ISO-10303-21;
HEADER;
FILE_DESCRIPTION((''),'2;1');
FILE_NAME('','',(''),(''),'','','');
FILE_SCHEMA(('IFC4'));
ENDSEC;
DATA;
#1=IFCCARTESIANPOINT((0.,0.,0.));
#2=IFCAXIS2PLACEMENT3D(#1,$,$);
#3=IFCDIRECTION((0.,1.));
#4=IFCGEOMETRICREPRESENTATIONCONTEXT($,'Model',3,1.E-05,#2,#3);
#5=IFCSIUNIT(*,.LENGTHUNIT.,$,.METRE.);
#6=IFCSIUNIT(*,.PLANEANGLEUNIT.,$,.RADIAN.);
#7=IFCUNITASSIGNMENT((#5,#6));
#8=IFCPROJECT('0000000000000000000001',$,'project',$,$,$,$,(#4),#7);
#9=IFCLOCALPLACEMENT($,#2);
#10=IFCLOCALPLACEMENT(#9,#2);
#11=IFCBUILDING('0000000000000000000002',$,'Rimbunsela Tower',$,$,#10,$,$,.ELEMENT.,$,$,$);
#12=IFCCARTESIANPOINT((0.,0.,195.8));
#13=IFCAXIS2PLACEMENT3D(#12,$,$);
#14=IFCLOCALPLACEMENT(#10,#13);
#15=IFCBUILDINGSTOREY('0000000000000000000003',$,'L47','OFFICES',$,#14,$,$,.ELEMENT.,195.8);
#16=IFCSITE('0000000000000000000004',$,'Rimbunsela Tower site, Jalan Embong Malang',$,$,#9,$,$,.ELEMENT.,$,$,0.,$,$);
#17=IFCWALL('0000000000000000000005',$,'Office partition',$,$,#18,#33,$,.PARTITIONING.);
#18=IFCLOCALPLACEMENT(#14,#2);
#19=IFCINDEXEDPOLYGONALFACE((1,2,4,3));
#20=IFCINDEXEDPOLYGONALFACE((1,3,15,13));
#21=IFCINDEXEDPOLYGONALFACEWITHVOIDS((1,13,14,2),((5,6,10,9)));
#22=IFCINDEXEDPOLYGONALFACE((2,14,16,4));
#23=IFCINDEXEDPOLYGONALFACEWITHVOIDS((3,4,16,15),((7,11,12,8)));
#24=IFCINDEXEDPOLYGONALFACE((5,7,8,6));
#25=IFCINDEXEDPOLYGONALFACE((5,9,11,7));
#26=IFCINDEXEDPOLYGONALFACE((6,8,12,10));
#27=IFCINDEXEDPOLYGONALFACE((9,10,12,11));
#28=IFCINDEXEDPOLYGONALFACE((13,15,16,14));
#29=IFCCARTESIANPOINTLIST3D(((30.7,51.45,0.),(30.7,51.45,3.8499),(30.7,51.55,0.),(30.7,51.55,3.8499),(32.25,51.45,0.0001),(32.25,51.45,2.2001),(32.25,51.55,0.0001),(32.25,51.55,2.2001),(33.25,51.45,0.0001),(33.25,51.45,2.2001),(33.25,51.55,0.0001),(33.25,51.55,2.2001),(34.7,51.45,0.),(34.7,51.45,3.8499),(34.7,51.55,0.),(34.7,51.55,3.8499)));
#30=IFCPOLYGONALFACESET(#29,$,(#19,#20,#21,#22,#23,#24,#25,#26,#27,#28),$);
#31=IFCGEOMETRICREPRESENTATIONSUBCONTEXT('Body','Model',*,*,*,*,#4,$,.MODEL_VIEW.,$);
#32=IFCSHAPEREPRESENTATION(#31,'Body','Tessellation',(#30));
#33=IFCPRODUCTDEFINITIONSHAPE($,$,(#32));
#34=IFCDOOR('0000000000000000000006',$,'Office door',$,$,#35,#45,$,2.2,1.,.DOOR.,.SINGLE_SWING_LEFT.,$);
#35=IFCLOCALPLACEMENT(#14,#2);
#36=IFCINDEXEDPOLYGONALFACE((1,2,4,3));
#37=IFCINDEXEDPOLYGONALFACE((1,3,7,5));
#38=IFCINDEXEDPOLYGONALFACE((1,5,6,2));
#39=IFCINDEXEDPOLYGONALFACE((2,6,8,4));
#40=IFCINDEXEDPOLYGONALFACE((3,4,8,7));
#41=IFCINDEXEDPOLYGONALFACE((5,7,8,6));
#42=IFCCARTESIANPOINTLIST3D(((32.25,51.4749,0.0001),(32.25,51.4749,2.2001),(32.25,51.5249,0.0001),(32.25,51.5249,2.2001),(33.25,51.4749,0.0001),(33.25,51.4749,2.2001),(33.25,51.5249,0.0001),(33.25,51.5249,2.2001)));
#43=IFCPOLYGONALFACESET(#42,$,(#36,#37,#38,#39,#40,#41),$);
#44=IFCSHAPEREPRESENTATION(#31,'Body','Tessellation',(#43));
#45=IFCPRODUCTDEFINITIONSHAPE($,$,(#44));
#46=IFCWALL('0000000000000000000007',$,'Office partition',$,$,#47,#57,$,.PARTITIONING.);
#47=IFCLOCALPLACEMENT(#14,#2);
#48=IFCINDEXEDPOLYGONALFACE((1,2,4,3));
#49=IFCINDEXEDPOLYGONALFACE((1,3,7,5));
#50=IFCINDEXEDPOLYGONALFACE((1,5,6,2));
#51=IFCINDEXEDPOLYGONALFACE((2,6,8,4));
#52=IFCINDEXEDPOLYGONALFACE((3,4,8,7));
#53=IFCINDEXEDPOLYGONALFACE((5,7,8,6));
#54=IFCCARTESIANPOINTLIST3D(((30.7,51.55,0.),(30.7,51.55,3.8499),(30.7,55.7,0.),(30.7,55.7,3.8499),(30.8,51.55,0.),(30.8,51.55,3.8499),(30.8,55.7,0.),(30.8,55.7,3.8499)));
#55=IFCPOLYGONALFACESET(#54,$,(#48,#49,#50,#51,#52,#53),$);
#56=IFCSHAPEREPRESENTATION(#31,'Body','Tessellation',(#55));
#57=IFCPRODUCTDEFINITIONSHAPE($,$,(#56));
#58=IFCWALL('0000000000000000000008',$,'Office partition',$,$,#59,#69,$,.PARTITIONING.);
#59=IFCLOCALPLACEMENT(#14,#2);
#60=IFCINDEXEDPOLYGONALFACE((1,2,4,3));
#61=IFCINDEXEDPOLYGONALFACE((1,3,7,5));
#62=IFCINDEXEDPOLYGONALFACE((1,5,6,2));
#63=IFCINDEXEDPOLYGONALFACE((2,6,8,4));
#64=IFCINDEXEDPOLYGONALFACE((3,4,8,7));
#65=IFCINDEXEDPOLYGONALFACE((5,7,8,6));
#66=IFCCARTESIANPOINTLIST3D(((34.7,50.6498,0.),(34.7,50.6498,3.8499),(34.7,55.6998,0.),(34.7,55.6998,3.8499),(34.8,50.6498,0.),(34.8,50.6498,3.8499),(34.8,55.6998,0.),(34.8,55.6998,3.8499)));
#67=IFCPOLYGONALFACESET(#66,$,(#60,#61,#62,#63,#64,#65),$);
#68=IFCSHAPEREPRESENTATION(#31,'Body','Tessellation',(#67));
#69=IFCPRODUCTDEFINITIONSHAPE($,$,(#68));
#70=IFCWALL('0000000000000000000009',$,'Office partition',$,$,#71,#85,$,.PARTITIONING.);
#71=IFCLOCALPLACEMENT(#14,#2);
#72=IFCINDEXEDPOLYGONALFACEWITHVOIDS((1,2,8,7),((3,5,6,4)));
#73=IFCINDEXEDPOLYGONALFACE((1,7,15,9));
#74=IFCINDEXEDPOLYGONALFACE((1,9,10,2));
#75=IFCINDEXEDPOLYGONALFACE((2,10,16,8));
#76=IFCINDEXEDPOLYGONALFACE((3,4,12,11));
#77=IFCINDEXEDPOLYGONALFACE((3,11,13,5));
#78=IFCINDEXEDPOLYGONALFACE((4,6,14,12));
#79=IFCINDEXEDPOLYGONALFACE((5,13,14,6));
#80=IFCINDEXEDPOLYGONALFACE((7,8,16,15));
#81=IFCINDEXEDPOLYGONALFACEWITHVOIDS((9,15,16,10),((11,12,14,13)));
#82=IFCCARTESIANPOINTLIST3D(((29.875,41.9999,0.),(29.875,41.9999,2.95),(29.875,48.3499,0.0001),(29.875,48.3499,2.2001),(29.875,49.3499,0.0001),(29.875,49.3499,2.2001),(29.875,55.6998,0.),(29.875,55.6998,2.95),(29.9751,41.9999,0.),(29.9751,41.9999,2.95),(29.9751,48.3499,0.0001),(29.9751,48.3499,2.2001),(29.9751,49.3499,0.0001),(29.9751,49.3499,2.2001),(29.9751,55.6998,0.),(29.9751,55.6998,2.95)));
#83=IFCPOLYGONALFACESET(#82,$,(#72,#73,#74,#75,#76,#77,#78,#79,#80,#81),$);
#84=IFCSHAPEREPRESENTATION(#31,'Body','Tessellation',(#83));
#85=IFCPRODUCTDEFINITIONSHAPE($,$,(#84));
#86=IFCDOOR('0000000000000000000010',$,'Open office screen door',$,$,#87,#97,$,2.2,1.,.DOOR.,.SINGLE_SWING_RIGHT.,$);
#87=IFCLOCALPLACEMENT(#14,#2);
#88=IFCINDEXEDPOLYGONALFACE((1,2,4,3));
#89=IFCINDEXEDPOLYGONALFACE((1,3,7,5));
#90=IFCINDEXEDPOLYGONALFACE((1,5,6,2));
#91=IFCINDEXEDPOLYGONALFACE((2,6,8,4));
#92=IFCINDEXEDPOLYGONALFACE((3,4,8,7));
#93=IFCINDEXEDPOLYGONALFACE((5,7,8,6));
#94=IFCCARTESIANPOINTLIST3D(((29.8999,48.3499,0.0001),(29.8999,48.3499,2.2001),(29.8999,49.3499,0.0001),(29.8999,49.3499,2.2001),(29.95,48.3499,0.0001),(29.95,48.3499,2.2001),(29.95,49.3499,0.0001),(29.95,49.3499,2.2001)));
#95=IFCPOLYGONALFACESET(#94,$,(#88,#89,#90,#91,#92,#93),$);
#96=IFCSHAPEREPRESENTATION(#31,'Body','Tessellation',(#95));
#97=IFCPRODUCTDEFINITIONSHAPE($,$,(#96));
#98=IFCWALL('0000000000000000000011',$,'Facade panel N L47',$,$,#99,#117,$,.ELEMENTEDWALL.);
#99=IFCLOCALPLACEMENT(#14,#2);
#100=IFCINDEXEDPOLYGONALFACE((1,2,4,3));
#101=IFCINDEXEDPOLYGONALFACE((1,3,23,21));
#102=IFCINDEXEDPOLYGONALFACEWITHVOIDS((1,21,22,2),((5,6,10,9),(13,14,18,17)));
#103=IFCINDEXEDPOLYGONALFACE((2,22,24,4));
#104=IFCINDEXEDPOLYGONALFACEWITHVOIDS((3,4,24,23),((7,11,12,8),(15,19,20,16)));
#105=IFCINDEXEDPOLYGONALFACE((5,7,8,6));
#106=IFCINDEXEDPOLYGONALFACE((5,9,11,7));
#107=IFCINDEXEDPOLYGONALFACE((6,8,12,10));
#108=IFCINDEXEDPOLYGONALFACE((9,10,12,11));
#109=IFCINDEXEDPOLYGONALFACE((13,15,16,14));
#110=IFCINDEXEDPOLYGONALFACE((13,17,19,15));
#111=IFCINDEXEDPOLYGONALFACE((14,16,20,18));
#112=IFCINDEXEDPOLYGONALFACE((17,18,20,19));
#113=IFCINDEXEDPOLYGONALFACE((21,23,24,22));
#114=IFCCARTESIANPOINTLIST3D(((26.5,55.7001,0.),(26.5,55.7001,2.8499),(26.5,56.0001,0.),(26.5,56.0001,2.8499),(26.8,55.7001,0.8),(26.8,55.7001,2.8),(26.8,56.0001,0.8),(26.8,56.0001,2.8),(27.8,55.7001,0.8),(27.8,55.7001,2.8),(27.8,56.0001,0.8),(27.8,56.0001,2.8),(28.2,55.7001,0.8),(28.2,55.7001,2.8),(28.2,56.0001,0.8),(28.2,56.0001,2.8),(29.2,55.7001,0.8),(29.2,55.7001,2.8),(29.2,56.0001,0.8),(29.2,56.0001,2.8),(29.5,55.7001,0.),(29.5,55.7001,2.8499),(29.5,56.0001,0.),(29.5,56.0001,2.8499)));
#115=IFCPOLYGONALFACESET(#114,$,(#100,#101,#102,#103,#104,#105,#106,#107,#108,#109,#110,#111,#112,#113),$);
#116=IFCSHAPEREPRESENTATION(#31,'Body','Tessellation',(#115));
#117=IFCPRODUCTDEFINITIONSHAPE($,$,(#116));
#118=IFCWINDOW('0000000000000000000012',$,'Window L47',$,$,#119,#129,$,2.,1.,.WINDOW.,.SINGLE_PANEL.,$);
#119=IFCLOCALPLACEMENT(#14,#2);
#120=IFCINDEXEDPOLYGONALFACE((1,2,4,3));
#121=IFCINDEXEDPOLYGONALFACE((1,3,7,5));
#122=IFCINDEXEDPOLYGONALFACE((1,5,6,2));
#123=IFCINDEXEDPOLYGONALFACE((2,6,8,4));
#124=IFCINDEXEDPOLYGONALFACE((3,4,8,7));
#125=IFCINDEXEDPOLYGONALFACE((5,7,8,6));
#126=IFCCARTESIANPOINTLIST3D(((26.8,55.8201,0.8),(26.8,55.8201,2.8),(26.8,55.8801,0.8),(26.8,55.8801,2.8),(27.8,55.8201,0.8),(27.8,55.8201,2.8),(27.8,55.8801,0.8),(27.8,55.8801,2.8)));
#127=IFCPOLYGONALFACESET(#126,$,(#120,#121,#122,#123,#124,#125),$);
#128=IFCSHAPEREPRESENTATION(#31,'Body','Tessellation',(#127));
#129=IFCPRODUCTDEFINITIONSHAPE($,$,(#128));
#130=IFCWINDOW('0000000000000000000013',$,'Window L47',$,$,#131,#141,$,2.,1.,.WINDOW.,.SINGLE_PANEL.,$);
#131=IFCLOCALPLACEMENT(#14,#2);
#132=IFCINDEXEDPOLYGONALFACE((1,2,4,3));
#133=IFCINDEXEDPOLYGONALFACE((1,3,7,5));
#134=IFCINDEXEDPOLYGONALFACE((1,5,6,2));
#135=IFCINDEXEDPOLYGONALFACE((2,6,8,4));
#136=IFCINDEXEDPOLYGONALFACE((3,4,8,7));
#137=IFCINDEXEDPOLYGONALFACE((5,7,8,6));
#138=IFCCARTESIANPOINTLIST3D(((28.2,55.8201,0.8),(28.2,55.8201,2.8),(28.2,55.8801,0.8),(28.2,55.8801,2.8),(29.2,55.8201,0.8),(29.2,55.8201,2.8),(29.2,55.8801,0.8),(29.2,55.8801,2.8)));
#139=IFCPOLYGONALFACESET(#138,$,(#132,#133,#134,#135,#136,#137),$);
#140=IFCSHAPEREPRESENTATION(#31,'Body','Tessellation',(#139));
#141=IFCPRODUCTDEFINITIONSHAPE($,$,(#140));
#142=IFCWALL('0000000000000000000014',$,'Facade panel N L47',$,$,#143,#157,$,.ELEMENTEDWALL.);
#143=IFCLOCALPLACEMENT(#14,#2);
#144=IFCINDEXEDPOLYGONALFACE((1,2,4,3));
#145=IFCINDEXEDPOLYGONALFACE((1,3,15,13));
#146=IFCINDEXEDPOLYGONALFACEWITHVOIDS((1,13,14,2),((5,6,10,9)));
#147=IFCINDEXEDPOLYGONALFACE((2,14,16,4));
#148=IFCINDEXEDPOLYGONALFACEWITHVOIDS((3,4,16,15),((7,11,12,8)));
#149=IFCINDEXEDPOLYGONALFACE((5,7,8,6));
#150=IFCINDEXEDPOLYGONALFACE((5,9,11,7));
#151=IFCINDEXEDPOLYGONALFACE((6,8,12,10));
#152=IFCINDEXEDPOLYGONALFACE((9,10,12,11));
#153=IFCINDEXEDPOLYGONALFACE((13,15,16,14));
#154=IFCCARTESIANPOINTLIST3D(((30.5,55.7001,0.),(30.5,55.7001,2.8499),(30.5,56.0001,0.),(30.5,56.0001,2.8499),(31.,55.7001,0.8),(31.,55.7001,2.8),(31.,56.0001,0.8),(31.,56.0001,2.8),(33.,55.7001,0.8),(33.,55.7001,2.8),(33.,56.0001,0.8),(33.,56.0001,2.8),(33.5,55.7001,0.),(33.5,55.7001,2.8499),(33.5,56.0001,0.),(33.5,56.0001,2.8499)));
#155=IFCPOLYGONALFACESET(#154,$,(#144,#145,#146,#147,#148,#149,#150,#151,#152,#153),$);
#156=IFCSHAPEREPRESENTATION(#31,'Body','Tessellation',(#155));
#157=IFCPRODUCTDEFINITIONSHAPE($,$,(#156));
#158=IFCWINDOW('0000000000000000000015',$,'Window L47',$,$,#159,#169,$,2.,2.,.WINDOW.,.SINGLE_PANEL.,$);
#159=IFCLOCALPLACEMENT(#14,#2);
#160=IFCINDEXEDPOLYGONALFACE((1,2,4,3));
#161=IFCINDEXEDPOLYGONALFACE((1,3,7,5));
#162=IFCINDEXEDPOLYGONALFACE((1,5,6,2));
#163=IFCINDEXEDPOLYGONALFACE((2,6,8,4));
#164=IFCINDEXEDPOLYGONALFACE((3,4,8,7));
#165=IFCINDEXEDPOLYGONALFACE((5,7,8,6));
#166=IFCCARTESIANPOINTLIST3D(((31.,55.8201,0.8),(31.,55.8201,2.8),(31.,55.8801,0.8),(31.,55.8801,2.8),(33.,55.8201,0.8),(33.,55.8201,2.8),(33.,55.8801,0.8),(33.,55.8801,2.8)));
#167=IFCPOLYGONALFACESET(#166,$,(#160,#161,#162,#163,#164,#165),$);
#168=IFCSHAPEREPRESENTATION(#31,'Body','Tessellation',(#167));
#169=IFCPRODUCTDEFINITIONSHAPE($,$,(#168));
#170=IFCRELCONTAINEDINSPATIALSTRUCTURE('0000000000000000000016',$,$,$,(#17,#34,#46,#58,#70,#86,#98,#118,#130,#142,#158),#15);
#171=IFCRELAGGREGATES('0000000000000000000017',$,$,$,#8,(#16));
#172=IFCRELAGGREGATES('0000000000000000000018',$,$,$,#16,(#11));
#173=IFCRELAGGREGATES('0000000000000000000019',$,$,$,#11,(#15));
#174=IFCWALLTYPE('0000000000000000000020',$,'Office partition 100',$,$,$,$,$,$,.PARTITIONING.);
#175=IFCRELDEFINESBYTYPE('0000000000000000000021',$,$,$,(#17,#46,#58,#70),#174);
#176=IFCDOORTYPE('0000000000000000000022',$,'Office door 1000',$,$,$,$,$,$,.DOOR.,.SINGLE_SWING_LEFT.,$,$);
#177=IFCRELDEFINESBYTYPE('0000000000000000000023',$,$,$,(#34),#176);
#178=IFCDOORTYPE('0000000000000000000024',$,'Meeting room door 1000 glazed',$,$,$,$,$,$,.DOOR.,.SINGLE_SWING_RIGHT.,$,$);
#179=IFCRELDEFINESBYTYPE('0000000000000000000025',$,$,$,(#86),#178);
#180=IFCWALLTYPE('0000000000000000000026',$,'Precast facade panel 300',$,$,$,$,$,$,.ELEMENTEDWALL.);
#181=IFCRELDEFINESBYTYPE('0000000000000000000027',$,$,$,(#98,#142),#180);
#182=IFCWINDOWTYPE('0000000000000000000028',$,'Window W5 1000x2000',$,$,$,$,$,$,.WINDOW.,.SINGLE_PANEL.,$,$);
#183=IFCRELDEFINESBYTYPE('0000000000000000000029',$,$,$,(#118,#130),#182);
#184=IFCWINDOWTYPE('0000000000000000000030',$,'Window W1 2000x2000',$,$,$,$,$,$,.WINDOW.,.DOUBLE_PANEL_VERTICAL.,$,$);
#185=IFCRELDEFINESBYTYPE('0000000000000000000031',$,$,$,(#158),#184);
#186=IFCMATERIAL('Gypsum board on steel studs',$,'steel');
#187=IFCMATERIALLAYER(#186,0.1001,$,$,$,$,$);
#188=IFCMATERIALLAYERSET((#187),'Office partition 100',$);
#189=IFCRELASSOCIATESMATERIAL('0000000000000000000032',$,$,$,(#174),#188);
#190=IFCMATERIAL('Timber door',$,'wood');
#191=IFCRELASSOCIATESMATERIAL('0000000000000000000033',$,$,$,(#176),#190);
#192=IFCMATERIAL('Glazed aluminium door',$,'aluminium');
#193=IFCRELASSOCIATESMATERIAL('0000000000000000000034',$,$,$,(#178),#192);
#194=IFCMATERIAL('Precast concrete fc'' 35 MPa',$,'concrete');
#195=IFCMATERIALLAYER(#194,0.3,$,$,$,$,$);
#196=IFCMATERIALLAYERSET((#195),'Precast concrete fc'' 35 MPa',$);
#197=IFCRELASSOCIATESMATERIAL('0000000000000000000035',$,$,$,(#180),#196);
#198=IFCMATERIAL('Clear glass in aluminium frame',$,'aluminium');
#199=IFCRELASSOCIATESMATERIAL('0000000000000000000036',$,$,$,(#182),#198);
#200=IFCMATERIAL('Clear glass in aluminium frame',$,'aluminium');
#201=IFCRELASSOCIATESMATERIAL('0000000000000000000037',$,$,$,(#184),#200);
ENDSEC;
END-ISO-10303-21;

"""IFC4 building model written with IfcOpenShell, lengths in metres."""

from ifc_helpers import new_model, si_unit, direction, frame, frame_2d, origin, place, context, subcontext, project, spatial, rectangle, extrude, material, layer, layer_set, type_object, element, fill, save


model = new_model("IFC4")

# Units and contexts
model_context = context("Model", 3, precision=1e-05, world=origin(), true_north=direction((0.0, 1.0)))
body_context = subcontext(model_context, "Body", "Model", "MODEL_VIEW")
ifc_project = project(units=[si_unit("LENGTHUNIT", "METRE"), si_unit("PLANEANGLEUNIT", "RADIAN")], contexts=[model_context])

# Site, building, storey
site_placement = place(None, origin())
site = spatial("IfcSite", under=ifc_project, at=site_placement, Name="Rimbunsela Tower site, Jalan Embong Malang", CompositionType="ELEMENT", RefElevation=0.0)
building_placement = place(site_placement, origin())
building = spatial("IfcBuilding", under=site, at=building_placement, Name="Rimbunsela Tower", CompositionType="ELEMENT")
storey_placement = place(building_placement, frame((0.0, 0.0, 195.8)))
storey = spatial("IfcBuildingStorey", under=building, at=storey_placement, Name="L47", Description="OFFICES", CompositionType="ELEMENT", Elevation=195.8)

# Wall, opening, door
ifc_material_1 = material(Name="Gypsum board on steel studs", Category="steel")
ifc_layer_1 = layer(ifc_material_1, 0.1001)
ifc_layer_set_1 = layer_set([ifc_layer_1], Name="Office partition 100")
wall_type_1 = type_object("IfcWallType", Name="Office partition 100", PredefinedType="PARTITIONING", material=ifc_layer_set_1)
wall_1_placement = place(storey_placement, frame((30.7, 51.5, 0.0), z_axis=(0.0, 0.0, 1.0), x_axis=(1.0, 0.0, 0.0)))
wall_1 = element("IfcWall", 1, at=wall_1_placement, inside=storey, type_object=wall_type_1, Name="Office partition", PredefinedType="PARTITIONING", context=body_context, shape_type="SweptSolid", body=[
    extrude(rectangle(XDim=4.0, YDim=0.1001, at=frame_2d((2.0, 0.0))), origin(), (0.0, 0.0, 1.0), 3.8499),
])
opening_1_placement = place(wall_1_placement, frame((1.55, 0.0, 0.0)))
opening_1 = element("IfcOpeningElement", 2, at=opening_1_placement, cuts=wall_1, PredefinedType="OPENING", context=body_context, shape_type="SweptSolid", body=[
    extrude(rectangle(XDim=1.0, YDim=2.2, at=frame_2d((0.5, 1.1001))), frame((0.0, 0.0601, 0.0), z_axis=(0.0, -1.0, 0.0), x_axis=(1.0, 0.0, 0.0)), (0.0, 0.0, 1.0), 0.1201),
])
ifc_material_2 = material(Name="Timber door", Category="wood")
door_type_1 = type_object("IfcDoorType", Name="Office door 1000", OperationType="SINGLE_SWING_LEFT", PredefinedType="DOOR", material=ifc_material_2)
door_1_placement = place(opening_1_placement, origin())
door_1 = element("IfcDoor", 3, at=door_1_placement, inside=storey, type_object=door_type_1, Name="Office door", OperationType="SINGLE_SWING_LEFT", OverallHeight=2.2, OverallWidth=1.0, PredefinedType="DOOR", context=body_context, shape_type="SweptSolid", body=[
    extrude(rectangle(XDim=1.0, YDim=2.2, at=frame_2d((0.5, 1.1001))), frame((0.0, 0.0249, 0.0), z_axis=(0.0, -1.0, 0.0), x_axis=(1.0, 0.0, 0.0)), (0.0, 0.0, 1.0), 0.05),
])
fill(opening_1, door_1)

# Walls
wall_2_placement = place(storey_placement, frame((30.75, 51.55, 0.0), z_axis=(0.0, 0.0, 1.0), x_axis=(0.0, 1.0, 0.0)))
element("IfcWall", 4, at=wall_2_placement, inside=storey, type_object=wall_type_1, Name="Office partition", PredefinedType="PARTITIONING", context=body_context, shape_type="SweptSolid", body=[
    extrude(rectangle(XDim=4.1499, YDim=0.1001, at=frame_2d((2.075, 0.0))), origin(), (0.0, 0.0, 1.0), 3.8499),
])
wall_3_placement = place(storey_placement, frame((34.75, 50.6499, 0.0), z_axis=(0.0, 0.0, 1.0), x_axis=(0.0, 1.0, 0.0)))
element("IfcWall", 5, at=wall_3_placement, inside=storey, type_object=wall_type_1, Name="Office partition", PredefinedType="PARTITIONING", context=body_context, shape_type="SweptSolid", body=[
    extrude(rectangle(XDim=5.05, YDim=0.1001, at=frame_2d((2.5249, 0.0))), origin(), (0.0, 0.0, 1.0), 3.8499),
])

# Wall, opening, door
wall_4_placement = place(storey_placement, frame((29.925, 55.7, 0.0), z_axis=(0.0, 0.0, 1.0), x_axis=(0.0, -1.0, 0.0)))
wall_4 = element("IfcWall", 6, at=wall_4_placement, inside=storey, type_object=wall_type_1, Name="Office partition", PredefinedType="PARTITIONING", context=body_context, shape_type="SweptSolid", body=[
    extrude(rectangle(XDim=13.7, YDim=0.1001, at=frame_2d((6.8501, 0.0))), origin(), (0.0, 0.0, 1.0), 2.95),
])
opening_2_placement = place(wall_4_placement, frame((6.3501, 0.0, 0.0)))
opening_2 = element("IfcOpeningElement", 7, at=opening_2_placement, cuts=wall_4, PredefinedType="OPENING", context=body_context, shape_type="SweptSolid", body=[
    extrude(rectangle(XDim=1.0, YDim=2.2, at=frame_2d((0.5, 1.1001))), frame((0.0, 0.0601, 0.0), z_axis=(0.0, -1.0, 0.0), x_axis=(1.0, 0.0, 0.0)), (0.0, 0.0, 1.0), 0.1201),
])
ifc_material_3 = material(Name="Glazed aluminium door", Category="aluminium")
door_type_2 = type_object("IfcDoorType", Name="Meeting room door 1000 glazed", OperationType="SINGLE_SWING_RIGHT", PredefinedType="DOOR", material=ifc_material_3)
door_2_placement = place(opening_2_placement, origin())
door_2 = element("IfcDoor", 8, at=door_2_placement, inside=storey, type_object=door_type_2, Name="Open office screen door", OperationType="SINGLE_SWING_RIGHT", OverallHeight=2.2, OverallWidth=1.0, PredefinedType="DOOR", context=body_context, shape_type="SweptSolid", body=[
    extrude(rectangle(XDim=1.0, YDim=2.2, at=frame_2d((0.5, 1.1001))), frame((0.0, 0.0249, 0.0), z_axis=(0.0, -1.0, 0.0), x_axis=(1.0, 0.0, 0.0)), (0.0, 0.0, 1.0), 0.05),
])
fill(opening_2, door_2)

# Wall, openings, windows
ifc_material_4 = material(Name="Precast concrete fc' 35 MPa", Category="concrete")
ifc_layer_2 = layer(ifc_material_4, 0.3)
ifc_layer_set_2 = layer_set([ifc_layer_2], Name="Precast concrete fc' 35 MPa")
wall_type_2 = type_object("IfcWallType", Name="Precast facade panel 300", PredefinedType="ELEMENTEDWALL", material=ifc_layer_set_2)
wall_5_placement = place(storey_placement, frame((29.5, 55.8501, 0.0), z_axis=(0.0, 0.0, 1.0), x_axis=(-1.0, 0.0, 0.0)))
wall_5 = element("IfcWall", 9, at=wall_5_placement, inside=storey, type_object=wall_type_2, Name="Facade panel N L47", PredefinedType="ELEMENTEDWALL", context=body_context, shape_type="SweptSolid", body=[
    extrude(rectangle(XDim=3.0, YDim=0.3, at=frame_2d((1.5, 0.0))), origin(), (0.0, 0.0, 1.0), 2.8499),
])
opening_3_placement = place(wall_5_placement, frame((1.7, 0.0, 0.8)))
opening_3 = element("IfcOpeningElement", 10, at=opening_3_placement, cuts=wall_5, PredefinedType="OPENING", context=body_context, shape_type="SweptSolid", body=[
    extrude(rectangle(XDim=1.0, YDim=2.0, at=frame_2d((0.5, 1.0))), frame((0.0, 0.1599, 0.0), z_axis=(0.0, -1.0, 0.0), x_axis=(1.0, 0.0, 0.0)), (0.0, 0.0, 1.0), 0.3201),
])
opening_4_placement = place(wall_5_placement, frame((0.3, 0.0, 0.8)))
opening_4 = element("IfcOpeningElement", 11, at=opening_4_placement, cuts=wall_5, PredefinedType="OPENING", context=body_context, shape_type="SweptSolid", body=[
    extrude(rectangle(XDim=1.0, YDim=2.0, at=frame_2d((0.5, 1.0))), frame((0.0, 0.1599, 0.0), z_axis=(0.0, -1.0, 0.0), x_axis=(1.0, 0.0, 0.0)), (0.0, 0.0, 1.0), 0.3201),
])
ifc_material_5 = material(Name="Clear glass in aluminium frame", Category="aluminium")
window_type_1 = type_object("IfcWindowType", Name="Window W5 1000x2000", PartitioningType="SINGLE_PANEL", PredefinedType="WINDOW", material=ifc_material_5)
window_1_placement = place(opening_3_placement, origin())
window_1 = element("IfcWindow", 12, at=window_1_placement, inside=storey, type_object=window_type_1, Name="Window L47", OverallHeight=2.0, OverallWidth=1.0, PartitioningType="SINGLE_PANEL", PredefinedType="WINDOW", context=body_context, shape_type="SweptSolid", body=[
    extrude(rectangle(XDim=1.0, YDim=2.0, at=frame_2d((0.5, 1.0))), frame((0.0, 0.03, 0.0), z_axis=(0.0, -1.0, 0.0), x_axis=(1.0, 0.0, 0.0)), (0.0, 0.0, 1.0), 0.0601),
])
fill(opening_3, window_1)
window_2_placement = place(opening_4_placement, origin())
window_2 = element("IfcWindow", 13, at=window_2_placement, inside=storey, type_object=window_type_1, Name="Window L47", OverallHeight=2.0, OverallWidth=1.0, PartitioningType="SINGLE_PANEL", PredefinedType="WINDOW", context=body_context, shape_type="SweptSolid", body=[
    extrude(rectangle(XDim=1.0, YDim=2.0, at=frame_2d((0.5, 1.0))), frame((0.0, 0.03, 0.0), z_axis=(0.0, -1.0, 0.0), x_axis=(1.0, 0.0, 0.0)), (0.0, 0.0, 1.0), 0.0601),
])
fill(opening_4, window_2)

# Wall, opening, window
wall_6_placement = place(storey_placement, frame((33.5, 55.8501, 0.0), z_axis=(0.0, 0.0, 1.0), x_axis=(-1.0, 0.0, 0.0)))
wall_6 = element("IfcWall", 14, at=wall_6_placement, inside=storey, type_object=wall_type_2, Name="Facade panel N L47", PredefinedType="ELEMENTEDWALL", context=body_context, shape_type="SweptSolid", body=[
    extrude(rectangle(XDim=3.0, YDim=0.3, at=frame_2d((1.5, 0.0))), origin(), (0.0, 0.0, 1.0), 2.8499),
])
opening_5_placement = place(wall_6_placement, frame((0.5, 0.0, 0.8)))
opening_5 = element("IfcOpeningElement", 15, at=opening_5_placement, cuts=wall_6, PredefinedType="OPENING", context=body_context, shape_type="SweptSolid", body=[
    extrude(rectangle(XDim=2.0, YDim=2.0, at=frame_2d((1.0, 1.0))), frame((0.0, 0.1599, 0.0), z_axis=(0.0, -1.0, 0.0), x_axis=(1.0, 0.0, 0.0)), (0.0, 0.0, 1.0), 0.3201),
])
ifc_material_6 = material(Name="Clear glass in aluminium frame", Category="aluminium")
window_type_2 = type_object("IfcWindowType", Name="Window W1 2000x2000", PartitioningType="DOUBLE_PANEL_VERTICAL", PredefinedType="WINDOW", material=ifc_material_6)
window_3_placement = place(opening_5_placement, origin())
window_3 = element("IfcWindow", 16, at=window_3_placement, inside=storey, type_object=window_type_2, Name="Window L47", OverallHeight=2.0, OverallWidth=2.0, PartitioningType="SINGLE_PANEL", PredefinedType="WINDOW", context=body_context, shape_type="SweptSolid", body=[
    extrude(rectangle(XDim=2.0, YDim=2.0, at=frame_2d((1.0, 1.0))), frame((0.0, 0.03, 0.0), z_axis=(0.0, -1.0, 0.0), x_axis=(1.0, 0.0, 0.0)), (0.0, 0.0, 1.0), 0.0601),
])
fill(opening_5, window_3)

save(model, "model.ifc")
